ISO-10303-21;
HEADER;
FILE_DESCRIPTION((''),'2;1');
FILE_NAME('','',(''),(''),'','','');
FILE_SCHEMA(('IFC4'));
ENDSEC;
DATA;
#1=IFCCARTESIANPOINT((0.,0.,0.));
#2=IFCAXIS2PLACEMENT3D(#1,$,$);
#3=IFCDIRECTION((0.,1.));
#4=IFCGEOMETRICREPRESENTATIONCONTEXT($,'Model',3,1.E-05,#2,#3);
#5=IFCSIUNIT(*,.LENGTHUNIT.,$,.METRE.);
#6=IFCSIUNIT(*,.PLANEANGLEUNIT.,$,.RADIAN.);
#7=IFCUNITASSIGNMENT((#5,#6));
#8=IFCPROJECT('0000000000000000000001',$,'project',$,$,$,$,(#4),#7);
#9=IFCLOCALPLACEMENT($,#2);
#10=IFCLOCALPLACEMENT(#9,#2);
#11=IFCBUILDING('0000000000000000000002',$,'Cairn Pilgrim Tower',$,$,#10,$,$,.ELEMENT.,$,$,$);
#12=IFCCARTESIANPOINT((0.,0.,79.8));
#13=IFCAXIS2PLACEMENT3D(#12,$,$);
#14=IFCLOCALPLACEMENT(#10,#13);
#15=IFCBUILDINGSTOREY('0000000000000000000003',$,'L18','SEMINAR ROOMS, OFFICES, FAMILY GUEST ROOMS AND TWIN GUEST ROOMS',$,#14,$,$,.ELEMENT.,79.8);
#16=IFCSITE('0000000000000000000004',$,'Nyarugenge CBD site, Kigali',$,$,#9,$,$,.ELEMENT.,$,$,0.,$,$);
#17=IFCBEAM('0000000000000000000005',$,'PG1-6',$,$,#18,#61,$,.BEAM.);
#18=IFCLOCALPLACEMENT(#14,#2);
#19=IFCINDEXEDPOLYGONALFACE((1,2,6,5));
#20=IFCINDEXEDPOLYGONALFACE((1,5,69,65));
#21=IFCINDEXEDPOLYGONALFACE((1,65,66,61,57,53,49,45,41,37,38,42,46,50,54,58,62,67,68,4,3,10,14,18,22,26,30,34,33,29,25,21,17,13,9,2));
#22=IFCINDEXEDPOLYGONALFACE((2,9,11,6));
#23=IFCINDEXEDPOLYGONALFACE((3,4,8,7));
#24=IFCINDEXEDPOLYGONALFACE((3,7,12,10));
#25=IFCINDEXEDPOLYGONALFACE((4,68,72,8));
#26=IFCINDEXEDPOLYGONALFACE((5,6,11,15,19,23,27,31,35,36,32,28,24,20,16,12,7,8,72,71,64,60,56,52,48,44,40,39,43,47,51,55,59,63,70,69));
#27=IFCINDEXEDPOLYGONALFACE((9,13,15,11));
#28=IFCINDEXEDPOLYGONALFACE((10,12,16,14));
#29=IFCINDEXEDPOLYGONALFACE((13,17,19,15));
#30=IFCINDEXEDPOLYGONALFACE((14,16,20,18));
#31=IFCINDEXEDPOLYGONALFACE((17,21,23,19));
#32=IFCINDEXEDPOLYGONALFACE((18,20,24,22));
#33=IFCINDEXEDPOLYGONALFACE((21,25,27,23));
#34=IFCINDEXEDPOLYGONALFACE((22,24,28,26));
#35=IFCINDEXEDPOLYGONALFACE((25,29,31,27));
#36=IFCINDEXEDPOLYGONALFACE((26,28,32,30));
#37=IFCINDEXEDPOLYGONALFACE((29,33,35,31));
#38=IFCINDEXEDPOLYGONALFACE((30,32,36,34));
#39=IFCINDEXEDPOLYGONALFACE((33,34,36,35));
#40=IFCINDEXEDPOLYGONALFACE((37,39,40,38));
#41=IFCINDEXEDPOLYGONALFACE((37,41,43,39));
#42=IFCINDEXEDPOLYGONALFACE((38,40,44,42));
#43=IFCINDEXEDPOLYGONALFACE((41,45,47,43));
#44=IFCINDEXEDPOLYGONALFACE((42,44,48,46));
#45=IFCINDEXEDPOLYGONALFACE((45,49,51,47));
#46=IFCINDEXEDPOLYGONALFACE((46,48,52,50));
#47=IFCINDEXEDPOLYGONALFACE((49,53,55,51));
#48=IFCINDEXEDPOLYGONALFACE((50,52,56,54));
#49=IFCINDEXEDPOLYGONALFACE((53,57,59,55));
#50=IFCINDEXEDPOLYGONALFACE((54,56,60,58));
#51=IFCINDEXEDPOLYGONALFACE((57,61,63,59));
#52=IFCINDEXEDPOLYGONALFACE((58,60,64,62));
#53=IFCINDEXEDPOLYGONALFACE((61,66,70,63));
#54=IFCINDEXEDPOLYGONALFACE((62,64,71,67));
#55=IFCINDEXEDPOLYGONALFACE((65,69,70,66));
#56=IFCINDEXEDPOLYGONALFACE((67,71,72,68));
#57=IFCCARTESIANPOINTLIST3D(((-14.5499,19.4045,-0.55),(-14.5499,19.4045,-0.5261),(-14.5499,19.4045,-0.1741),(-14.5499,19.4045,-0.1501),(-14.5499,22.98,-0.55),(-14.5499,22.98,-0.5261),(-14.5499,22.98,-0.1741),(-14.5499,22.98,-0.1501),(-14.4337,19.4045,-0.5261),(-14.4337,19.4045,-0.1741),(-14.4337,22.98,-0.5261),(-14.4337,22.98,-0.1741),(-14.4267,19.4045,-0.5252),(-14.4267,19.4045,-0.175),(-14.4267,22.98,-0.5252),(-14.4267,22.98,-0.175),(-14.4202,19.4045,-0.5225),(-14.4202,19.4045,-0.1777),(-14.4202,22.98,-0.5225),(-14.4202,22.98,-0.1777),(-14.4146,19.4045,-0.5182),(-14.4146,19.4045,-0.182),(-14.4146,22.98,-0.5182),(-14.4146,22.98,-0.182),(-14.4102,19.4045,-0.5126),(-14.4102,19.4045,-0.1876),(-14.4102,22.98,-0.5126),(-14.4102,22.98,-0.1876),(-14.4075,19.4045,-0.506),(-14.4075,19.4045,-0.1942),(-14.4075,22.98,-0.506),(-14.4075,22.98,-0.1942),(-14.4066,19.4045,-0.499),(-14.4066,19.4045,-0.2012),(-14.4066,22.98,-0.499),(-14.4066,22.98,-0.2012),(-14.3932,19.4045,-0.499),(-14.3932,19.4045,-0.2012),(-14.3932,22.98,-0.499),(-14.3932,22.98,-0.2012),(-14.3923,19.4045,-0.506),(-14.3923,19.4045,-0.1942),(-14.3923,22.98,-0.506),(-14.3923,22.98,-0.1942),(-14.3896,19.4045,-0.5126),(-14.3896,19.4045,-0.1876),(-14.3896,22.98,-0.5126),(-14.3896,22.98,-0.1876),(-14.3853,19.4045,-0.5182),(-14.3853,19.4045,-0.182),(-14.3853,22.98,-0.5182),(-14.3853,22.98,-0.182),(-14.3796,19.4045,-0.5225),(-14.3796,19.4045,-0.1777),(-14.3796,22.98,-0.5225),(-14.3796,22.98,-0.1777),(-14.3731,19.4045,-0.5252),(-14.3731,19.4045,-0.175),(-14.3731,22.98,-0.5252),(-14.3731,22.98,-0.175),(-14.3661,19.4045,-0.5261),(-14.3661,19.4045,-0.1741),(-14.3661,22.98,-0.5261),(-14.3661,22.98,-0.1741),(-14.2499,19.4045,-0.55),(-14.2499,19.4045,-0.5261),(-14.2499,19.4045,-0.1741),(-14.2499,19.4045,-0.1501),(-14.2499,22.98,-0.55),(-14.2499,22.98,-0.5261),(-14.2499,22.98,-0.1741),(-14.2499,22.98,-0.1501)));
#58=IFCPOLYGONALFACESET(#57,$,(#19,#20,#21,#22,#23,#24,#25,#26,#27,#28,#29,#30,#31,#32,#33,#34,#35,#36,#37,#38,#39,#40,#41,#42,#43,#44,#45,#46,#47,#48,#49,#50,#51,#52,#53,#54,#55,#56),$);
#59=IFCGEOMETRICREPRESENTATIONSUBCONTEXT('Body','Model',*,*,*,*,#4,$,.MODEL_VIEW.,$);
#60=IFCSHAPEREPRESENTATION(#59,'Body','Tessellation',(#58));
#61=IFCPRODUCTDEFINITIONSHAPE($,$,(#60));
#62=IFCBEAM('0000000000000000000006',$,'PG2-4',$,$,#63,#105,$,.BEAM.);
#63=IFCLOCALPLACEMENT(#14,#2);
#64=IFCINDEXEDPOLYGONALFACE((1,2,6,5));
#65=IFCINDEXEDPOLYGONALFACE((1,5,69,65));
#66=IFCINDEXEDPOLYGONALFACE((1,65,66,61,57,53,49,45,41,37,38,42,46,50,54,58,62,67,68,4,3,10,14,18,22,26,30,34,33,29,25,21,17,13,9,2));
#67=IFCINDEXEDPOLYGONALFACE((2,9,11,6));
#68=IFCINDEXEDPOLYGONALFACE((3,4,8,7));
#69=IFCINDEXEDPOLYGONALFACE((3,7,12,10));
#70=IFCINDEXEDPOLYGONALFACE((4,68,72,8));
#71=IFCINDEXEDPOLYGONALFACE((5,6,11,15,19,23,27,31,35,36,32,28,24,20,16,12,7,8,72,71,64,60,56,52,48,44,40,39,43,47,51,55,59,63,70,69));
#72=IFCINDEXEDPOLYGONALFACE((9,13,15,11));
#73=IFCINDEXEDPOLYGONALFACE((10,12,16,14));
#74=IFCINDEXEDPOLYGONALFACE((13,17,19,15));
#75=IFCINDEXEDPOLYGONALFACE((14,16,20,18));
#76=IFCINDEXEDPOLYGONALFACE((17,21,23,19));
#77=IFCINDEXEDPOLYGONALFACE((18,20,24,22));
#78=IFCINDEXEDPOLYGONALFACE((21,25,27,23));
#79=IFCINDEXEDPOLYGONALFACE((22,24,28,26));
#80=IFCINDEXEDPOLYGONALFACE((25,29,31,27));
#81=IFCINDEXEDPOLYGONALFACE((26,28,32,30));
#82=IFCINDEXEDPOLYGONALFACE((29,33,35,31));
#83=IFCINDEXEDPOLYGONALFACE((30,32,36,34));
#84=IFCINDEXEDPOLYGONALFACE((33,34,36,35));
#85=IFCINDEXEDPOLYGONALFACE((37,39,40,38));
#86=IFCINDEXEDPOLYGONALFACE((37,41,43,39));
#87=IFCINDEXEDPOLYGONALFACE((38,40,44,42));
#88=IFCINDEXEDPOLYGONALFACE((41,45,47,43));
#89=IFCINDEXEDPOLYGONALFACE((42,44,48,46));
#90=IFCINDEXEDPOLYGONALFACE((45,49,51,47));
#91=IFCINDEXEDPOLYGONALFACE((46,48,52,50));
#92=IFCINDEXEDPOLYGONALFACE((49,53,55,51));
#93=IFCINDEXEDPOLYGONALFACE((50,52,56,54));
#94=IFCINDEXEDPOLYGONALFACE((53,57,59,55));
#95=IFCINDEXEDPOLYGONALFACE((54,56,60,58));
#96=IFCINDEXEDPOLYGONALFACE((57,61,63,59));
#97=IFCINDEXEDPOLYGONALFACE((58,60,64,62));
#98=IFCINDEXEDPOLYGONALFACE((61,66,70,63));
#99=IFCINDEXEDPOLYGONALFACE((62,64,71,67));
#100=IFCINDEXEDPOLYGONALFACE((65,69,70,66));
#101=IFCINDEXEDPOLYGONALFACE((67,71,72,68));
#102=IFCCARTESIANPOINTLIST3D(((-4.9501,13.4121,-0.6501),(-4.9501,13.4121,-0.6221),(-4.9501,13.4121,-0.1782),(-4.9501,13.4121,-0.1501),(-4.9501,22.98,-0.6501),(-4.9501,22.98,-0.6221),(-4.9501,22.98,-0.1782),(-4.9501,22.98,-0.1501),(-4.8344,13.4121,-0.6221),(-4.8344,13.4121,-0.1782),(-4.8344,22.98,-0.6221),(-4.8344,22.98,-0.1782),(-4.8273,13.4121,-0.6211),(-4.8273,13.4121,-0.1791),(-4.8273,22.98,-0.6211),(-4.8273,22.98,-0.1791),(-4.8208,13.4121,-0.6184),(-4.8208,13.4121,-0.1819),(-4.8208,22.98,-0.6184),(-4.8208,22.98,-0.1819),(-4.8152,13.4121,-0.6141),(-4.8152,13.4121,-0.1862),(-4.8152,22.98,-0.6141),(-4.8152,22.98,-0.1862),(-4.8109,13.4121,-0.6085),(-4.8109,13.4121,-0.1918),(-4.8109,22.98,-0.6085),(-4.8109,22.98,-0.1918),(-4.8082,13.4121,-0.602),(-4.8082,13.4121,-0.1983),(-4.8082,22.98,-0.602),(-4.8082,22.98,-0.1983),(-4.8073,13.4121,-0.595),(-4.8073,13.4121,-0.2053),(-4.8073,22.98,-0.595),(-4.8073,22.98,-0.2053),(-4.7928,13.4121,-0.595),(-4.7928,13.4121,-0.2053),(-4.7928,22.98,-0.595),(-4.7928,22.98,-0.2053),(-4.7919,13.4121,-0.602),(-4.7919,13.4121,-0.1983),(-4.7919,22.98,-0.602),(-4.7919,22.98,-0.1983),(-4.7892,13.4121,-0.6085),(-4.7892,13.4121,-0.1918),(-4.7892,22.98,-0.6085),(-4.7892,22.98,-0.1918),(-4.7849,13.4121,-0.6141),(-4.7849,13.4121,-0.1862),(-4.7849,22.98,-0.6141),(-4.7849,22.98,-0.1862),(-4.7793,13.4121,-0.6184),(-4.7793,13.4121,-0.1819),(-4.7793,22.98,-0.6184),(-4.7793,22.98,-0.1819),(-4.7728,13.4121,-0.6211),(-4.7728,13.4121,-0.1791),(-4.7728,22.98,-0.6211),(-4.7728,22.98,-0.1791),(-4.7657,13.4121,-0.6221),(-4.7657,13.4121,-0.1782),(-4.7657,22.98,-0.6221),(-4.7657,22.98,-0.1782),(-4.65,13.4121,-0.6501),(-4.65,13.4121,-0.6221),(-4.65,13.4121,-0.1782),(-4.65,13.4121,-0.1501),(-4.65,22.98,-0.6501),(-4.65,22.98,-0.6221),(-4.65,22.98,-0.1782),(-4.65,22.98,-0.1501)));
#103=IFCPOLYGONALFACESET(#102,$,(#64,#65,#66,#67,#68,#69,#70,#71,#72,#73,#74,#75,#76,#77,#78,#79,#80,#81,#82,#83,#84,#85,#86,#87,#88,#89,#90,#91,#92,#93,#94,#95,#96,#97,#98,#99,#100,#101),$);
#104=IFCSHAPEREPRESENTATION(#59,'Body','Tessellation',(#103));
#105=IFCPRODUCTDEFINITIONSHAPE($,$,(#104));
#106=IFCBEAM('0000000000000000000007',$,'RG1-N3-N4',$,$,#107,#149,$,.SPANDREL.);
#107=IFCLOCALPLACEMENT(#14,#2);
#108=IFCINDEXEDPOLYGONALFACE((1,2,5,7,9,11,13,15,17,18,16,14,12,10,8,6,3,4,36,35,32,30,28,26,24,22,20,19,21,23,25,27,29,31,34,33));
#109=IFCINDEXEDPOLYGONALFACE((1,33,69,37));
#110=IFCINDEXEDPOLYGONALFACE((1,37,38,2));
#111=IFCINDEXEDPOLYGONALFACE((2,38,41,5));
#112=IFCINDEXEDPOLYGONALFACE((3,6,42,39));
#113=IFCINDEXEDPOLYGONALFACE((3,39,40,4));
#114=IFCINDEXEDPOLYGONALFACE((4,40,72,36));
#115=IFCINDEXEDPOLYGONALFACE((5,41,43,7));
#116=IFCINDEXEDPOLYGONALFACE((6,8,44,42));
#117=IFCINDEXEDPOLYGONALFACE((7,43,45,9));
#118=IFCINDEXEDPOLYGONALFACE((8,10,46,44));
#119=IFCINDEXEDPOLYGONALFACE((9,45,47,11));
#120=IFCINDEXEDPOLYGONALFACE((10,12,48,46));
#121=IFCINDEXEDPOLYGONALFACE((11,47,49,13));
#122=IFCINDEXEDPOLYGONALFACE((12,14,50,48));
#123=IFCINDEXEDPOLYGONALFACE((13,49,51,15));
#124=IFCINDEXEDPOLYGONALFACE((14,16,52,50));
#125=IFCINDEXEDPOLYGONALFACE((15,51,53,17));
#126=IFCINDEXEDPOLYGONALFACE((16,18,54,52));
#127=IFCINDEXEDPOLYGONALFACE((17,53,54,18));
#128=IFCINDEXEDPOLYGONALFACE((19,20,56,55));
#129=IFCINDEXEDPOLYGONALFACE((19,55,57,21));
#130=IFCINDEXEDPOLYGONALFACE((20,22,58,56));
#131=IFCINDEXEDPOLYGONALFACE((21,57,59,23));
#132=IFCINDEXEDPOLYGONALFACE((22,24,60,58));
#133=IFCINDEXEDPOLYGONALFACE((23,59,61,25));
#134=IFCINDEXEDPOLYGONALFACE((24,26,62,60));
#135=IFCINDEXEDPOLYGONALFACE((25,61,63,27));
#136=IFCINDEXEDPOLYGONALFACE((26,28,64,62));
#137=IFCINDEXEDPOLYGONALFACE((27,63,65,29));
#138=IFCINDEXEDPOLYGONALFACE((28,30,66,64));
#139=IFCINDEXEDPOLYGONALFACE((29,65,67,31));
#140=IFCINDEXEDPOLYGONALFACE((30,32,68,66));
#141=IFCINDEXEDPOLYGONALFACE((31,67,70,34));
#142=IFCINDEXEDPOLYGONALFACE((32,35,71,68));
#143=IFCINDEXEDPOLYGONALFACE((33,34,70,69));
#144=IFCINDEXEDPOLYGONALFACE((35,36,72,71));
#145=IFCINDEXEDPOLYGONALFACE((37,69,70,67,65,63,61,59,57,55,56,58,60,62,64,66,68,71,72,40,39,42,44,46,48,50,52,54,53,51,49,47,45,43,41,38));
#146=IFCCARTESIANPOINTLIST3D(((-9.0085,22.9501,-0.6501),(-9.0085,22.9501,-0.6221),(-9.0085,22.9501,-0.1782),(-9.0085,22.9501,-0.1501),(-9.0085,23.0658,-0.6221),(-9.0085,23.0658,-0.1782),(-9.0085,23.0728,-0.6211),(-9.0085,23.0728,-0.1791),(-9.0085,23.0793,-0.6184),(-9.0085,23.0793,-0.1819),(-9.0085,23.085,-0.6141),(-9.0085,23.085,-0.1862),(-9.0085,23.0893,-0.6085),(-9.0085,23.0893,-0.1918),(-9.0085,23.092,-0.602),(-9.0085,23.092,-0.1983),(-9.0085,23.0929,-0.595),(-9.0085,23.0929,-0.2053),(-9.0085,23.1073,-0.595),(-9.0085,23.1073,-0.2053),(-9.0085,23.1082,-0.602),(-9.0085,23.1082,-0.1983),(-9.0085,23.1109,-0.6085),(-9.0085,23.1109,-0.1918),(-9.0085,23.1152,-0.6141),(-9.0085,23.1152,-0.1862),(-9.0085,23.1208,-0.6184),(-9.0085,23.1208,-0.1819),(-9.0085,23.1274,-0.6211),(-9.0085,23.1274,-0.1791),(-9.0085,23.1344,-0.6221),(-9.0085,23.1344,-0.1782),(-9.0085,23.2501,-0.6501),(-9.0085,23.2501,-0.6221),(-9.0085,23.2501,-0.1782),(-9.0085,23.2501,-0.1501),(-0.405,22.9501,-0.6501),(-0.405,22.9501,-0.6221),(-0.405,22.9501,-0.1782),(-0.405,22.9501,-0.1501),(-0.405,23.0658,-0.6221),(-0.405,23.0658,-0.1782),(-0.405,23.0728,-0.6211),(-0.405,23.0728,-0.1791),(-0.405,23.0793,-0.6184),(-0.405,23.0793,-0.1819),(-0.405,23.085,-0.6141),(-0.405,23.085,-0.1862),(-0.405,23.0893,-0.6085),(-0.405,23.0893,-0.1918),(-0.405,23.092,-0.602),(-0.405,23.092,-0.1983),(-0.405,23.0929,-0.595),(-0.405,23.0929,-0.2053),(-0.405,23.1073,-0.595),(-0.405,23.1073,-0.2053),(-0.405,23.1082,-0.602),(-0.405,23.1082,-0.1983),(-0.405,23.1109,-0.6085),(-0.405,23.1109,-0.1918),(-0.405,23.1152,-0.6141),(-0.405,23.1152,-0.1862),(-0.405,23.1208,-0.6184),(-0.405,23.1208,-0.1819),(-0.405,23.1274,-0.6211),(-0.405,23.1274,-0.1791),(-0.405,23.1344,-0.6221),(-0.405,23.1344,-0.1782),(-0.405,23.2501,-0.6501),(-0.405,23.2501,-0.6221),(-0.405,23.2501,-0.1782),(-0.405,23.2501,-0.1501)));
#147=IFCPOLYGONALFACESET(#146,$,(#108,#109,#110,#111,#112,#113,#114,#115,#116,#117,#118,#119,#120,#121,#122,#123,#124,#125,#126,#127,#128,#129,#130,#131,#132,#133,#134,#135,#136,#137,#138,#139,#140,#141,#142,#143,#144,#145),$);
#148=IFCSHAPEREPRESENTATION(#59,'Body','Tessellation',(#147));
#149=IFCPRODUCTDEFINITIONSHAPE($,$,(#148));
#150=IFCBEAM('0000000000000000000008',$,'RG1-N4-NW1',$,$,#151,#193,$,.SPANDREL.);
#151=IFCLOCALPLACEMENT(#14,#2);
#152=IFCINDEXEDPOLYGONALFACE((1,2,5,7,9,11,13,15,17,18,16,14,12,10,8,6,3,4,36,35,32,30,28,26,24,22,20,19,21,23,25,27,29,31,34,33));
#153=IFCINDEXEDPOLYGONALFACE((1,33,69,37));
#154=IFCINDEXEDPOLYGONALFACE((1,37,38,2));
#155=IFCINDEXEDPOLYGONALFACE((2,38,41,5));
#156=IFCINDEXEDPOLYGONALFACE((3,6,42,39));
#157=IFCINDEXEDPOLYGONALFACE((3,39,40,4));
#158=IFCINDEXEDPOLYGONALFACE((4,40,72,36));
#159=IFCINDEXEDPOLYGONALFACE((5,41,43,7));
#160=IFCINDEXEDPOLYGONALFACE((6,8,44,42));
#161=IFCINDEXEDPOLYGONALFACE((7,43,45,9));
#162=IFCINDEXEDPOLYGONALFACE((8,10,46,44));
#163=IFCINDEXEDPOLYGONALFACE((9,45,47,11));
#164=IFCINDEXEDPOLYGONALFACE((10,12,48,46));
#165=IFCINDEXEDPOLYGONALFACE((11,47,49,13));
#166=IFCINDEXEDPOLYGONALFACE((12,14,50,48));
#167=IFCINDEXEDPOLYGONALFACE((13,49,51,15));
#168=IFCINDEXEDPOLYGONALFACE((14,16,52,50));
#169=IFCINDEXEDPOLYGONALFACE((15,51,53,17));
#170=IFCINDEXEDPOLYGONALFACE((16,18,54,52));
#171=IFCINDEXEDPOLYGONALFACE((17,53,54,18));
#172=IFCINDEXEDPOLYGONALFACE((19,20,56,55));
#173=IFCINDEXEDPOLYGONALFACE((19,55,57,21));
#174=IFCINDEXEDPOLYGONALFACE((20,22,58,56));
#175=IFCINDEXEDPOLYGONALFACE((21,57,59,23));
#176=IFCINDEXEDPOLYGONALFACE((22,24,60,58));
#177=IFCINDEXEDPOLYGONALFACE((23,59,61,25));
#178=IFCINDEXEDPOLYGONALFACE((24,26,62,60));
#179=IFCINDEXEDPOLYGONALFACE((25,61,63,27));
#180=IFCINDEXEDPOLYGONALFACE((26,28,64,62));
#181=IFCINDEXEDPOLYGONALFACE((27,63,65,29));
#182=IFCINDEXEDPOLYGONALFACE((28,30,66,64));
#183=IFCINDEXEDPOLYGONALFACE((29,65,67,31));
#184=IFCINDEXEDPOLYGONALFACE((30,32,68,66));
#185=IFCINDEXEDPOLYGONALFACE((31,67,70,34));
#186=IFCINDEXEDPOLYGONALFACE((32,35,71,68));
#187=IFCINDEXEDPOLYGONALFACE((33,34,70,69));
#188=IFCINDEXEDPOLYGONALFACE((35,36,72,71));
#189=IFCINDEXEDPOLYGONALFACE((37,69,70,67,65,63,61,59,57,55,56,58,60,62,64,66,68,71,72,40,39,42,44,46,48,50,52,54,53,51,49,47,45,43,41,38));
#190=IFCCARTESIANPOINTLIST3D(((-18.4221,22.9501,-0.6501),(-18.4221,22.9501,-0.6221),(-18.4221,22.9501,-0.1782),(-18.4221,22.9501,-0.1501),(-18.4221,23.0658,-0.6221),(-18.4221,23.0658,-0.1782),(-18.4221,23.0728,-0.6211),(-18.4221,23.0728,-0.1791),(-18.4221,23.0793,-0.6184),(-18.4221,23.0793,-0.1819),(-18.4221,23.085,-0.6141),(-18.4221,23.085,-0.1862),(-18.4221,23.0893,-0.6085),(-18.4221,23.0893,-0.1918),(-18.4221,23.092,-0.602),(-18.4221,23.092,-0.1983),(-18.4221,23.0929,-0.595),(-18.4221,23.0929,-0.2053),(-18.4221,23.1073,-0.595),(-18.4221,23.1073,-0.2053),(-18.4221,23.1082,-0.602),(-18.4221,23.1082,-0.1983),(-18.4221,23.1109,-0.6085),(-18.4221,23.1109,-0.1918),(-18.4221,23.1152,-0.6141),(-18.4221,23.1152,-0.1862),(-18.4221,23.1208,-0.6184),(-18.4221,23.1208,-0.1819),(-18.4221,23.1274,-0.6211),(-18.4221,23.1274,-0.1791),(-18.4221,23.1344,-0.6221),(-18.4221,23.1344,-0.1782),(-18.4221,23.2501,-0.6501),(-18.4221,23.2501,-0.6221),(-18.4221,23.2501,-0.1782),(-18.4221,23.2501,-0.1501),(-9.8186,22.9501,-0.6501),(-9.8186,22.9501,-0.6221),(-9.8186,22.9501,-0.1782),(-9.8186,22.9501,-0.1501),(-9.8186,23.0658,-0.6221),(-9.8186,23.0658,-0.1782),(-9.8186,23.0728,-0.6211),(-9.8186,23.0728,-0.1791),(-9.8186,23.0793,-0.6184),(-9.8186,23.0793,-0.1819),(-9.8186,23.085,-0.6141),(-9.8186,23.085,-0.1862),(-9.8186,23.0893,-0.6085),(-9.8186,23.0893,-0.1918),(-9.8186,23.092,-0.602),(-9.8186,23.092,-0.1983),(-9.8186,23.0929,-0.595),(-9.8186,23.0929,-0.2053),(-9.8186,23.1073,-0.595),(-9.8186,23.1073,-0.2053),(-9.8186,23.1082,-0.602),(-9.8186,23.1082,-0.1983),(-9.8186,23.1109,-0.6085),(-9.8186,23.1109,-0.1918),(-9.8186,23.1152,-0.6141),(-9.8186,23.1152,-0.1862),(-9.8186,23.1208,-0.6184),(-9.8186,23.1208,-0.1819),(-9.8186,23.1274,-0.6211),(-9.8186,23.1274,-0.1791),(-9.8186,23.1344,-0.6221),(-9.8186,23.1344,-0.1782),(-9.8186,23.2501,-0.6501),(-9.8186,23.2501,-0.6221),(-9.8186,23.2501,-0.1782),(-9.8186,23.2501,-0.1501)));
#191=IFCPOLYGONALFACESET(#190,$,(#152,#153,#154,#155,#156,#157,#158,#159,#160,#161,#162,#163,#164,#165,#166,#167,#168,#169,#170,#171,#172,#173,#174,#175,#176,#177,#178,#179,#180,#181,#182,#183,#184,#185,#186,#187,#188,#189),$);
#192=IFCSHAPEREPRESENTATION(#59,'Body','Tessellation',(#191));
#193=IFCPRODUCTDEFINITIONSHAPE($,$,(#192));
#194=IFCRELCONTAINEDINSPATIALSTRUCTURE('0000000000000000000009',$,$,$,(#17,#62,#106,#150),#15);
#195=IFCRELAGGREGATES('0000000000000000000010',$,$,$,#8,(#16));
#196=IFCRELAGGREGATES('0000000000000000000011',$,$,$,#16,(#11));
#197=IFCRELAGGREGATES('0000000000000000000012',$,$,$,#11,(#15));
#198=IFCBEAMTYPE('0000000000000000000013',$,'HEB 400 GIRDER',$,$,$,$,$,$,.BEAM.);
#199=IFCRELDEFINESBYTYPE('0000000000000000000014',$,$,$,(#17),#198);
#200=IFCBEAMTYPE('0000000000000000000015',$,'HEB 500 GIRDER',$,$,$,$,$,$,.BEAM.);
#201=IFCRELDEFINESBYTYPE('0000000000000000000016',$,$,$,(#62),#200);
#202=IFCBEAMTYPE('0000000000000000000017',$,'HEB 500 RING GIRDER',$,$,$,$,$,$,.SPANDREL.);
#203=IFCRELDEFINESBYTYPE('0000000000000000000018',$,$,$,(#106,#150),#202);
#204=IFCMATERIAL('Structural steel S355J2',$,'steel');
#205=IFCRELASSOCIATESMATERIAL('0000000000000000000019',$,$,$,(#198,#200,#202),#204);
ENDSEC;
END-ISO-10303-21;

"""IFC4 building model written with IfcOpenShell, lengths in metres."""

from ifc_helpers import new_model, si_unit, direction, frame, origin, origin_2d, place, context, subcontext, project, spatial, i_section, extrude, material, material_profile, profile_set, type_object, element, save


model = new_model("IFC4")

# Units and contexts
model_context = context("Model", 3, precision=1e-05, world=origin(), true_north=direction((0.0, 1.0)))
body_context = subcontext(model_context, "Body", "Model", "MODEL_VIEW")
ifc_project = project(units=[si_unit("LENGTHUNIT", "METRE"), si_unit("PLANEANGLEUNIT", "RADIAN")], contexts=[model_context])

# Site, building, storey
site_placement = place(None, origin())
site = spatial("IfcSite", under=ifc_project, at=site_placement, Name="Nyarugenge CBD site, Kigali", CompositionType="ELEMENT", RefElevation=0.0)
building_placement = place(site_placement, origin())
building = spatial("IfcBuilding", under=site, at=building_placement, Name="Cairn Pilgrim Tower", CompositionType="ELEMENT")
storey_placement = place(building_placement, frame((0.0, 0.0, 79.8)))
storey = spatial("IfcBuildingStorey", under=building, at=storey_placement, Name="L18", Description="SEMINAR ROOMS, OFFICES, FAMILY GUEST ROOMS AND TWIN GUEST ROOMS", CompositionType="ELEMENT", Elevation=79.8)

# Beams
ifc_material_1 = material(Name="Structural steel S355J2", Category="steel")
ifc_material_profile_1 = material_profile(ifc_material_1, i_section(OverallWidth=0.3, OverallDepth=0.3999, WebThickness=0.0134, FlangeThickness=0.0239, FilletRadius=0.0271, at=origin_2d()), Name="HEB 400")
ifc_profile_set_1 = profile_set([ifc_material_profile_1], Name="Structural steel S355J2")
beam_type_1 = type_object("IfcBeamType", Name="HEB 400 GIRDER", PredefinedType="BEAM", material=ifc_profile_set_1)
beam_1_placement = place(storey_placement, frame((-14.3999, 19.4045, -0.3501), z_axis=(0.0, 1.0, 0.0), x_axis=(-1.0, 0.0, 0.0)))
element("IfcBeam", 1, at=beam_1_placement, inside=storey, type_object=beam_type_1, Name="PG1-6", PredefinedType="BEAM", context=body_context, shape_type="SweptSolid", body=[
    extrude(i_section(OverallWidth=0.3, OverallDepth=0.3999, WebThickness=0.0134, FlangeThickness=0.0239, FilletRadius=0.0271, at=origin_2d()), origin(), (0.0, 0.0, 1.0), 3.5754),
])
ifc_material_profile_2 = material_profile(ifc_material_1, i_section(OverallWidth=0.3, OverallDepth=0.5, WebThickness=0.0144, FlangeThickness=0.0281, FilletRadius=0.0271, at=origin_2d()), Name="HEB 500")
ifc_profile_set_2 = profile_set([ifc_material_profile_2], Name="Structural steel S355J2")
beam_type_2 = type_object("IfcBeamType", Name="HEB 500 GIRDER", PredefinedType="BEAM", material=ifc_profile_set_2)
beam_2_placement = place(storey_placement, frame((-4.8, 13.4121, -0.4001), z_axis=(0.0, 1.0, 0.0), x_axis=(-1.0, 0.0, 0.0)))
element("IfcBeam", 2, at=beam_2_placement, inside=storey, type_object=beam_type_2, Name="PG2-4", PredefinedType="BEAM", context=body_context, shape_type="SweptSolid", body=[
    extrude(i_section(OverallWidth=0.3, OverallDepth=0.5, WebThickness=0.0144, FlangeThickness=0.0281, FilletRadius=0.0271, at=origin_2d()), origin(), (0.0, 0.0, 1.0), 9.5679),
])
ifc_material_profile_3 = material_profile(ifc_material_1, i_section(OverallWidth=0.3, OverallDepth=0.5, WebThickness=0.0144, FlangeThickness=0.0281, FilletRadius=0.0271, at=origin_2d()), Name="HEB 500")
ifc_profile_set_3 = profile_set([ifc_material_profile_3], Name="Structural steel S355J2")
beam_type_3 = type_object("IfcBeamType", Name="HEB 500 RING GIRDER", PredefinedType="SPANDREL", material=ifc_profile_set_3)
for number, where, z_axis, x_axis, name in (
    (3, (-0.405, 23.1001, -0.4001), (-1.0, 0.0, 0.0), (0.0, -1.0, 0.0), "RG1-N3-N4"),
    (4, (-9.8186, 23.1001, -0.4001), (-1.0, 0.0, 0.0), (0.0, -1.0, 0.0), "RG1-N4-NW1"),
):
    element("IfcBeam", number, at=place(storey_placement, frame(where, z_axis=z_axis, x_axis=x_axis)), inside=storey, type_object=beam_type_3, Name=name, PredefinedType="SPANDREL", context=body_context, shape_type="SweptSolid", body=[
        extrude(i_section(OverallWidth=0.3, OverallDepth=0.5, WebThickness=0.0144, FlangeThickness=0.0281, FilletRadius=0.0271, at=origin_2d()), origin(), (0.0, 0.0, 1.0), 8.6035),
    ])

save(model, "model.ifc")
